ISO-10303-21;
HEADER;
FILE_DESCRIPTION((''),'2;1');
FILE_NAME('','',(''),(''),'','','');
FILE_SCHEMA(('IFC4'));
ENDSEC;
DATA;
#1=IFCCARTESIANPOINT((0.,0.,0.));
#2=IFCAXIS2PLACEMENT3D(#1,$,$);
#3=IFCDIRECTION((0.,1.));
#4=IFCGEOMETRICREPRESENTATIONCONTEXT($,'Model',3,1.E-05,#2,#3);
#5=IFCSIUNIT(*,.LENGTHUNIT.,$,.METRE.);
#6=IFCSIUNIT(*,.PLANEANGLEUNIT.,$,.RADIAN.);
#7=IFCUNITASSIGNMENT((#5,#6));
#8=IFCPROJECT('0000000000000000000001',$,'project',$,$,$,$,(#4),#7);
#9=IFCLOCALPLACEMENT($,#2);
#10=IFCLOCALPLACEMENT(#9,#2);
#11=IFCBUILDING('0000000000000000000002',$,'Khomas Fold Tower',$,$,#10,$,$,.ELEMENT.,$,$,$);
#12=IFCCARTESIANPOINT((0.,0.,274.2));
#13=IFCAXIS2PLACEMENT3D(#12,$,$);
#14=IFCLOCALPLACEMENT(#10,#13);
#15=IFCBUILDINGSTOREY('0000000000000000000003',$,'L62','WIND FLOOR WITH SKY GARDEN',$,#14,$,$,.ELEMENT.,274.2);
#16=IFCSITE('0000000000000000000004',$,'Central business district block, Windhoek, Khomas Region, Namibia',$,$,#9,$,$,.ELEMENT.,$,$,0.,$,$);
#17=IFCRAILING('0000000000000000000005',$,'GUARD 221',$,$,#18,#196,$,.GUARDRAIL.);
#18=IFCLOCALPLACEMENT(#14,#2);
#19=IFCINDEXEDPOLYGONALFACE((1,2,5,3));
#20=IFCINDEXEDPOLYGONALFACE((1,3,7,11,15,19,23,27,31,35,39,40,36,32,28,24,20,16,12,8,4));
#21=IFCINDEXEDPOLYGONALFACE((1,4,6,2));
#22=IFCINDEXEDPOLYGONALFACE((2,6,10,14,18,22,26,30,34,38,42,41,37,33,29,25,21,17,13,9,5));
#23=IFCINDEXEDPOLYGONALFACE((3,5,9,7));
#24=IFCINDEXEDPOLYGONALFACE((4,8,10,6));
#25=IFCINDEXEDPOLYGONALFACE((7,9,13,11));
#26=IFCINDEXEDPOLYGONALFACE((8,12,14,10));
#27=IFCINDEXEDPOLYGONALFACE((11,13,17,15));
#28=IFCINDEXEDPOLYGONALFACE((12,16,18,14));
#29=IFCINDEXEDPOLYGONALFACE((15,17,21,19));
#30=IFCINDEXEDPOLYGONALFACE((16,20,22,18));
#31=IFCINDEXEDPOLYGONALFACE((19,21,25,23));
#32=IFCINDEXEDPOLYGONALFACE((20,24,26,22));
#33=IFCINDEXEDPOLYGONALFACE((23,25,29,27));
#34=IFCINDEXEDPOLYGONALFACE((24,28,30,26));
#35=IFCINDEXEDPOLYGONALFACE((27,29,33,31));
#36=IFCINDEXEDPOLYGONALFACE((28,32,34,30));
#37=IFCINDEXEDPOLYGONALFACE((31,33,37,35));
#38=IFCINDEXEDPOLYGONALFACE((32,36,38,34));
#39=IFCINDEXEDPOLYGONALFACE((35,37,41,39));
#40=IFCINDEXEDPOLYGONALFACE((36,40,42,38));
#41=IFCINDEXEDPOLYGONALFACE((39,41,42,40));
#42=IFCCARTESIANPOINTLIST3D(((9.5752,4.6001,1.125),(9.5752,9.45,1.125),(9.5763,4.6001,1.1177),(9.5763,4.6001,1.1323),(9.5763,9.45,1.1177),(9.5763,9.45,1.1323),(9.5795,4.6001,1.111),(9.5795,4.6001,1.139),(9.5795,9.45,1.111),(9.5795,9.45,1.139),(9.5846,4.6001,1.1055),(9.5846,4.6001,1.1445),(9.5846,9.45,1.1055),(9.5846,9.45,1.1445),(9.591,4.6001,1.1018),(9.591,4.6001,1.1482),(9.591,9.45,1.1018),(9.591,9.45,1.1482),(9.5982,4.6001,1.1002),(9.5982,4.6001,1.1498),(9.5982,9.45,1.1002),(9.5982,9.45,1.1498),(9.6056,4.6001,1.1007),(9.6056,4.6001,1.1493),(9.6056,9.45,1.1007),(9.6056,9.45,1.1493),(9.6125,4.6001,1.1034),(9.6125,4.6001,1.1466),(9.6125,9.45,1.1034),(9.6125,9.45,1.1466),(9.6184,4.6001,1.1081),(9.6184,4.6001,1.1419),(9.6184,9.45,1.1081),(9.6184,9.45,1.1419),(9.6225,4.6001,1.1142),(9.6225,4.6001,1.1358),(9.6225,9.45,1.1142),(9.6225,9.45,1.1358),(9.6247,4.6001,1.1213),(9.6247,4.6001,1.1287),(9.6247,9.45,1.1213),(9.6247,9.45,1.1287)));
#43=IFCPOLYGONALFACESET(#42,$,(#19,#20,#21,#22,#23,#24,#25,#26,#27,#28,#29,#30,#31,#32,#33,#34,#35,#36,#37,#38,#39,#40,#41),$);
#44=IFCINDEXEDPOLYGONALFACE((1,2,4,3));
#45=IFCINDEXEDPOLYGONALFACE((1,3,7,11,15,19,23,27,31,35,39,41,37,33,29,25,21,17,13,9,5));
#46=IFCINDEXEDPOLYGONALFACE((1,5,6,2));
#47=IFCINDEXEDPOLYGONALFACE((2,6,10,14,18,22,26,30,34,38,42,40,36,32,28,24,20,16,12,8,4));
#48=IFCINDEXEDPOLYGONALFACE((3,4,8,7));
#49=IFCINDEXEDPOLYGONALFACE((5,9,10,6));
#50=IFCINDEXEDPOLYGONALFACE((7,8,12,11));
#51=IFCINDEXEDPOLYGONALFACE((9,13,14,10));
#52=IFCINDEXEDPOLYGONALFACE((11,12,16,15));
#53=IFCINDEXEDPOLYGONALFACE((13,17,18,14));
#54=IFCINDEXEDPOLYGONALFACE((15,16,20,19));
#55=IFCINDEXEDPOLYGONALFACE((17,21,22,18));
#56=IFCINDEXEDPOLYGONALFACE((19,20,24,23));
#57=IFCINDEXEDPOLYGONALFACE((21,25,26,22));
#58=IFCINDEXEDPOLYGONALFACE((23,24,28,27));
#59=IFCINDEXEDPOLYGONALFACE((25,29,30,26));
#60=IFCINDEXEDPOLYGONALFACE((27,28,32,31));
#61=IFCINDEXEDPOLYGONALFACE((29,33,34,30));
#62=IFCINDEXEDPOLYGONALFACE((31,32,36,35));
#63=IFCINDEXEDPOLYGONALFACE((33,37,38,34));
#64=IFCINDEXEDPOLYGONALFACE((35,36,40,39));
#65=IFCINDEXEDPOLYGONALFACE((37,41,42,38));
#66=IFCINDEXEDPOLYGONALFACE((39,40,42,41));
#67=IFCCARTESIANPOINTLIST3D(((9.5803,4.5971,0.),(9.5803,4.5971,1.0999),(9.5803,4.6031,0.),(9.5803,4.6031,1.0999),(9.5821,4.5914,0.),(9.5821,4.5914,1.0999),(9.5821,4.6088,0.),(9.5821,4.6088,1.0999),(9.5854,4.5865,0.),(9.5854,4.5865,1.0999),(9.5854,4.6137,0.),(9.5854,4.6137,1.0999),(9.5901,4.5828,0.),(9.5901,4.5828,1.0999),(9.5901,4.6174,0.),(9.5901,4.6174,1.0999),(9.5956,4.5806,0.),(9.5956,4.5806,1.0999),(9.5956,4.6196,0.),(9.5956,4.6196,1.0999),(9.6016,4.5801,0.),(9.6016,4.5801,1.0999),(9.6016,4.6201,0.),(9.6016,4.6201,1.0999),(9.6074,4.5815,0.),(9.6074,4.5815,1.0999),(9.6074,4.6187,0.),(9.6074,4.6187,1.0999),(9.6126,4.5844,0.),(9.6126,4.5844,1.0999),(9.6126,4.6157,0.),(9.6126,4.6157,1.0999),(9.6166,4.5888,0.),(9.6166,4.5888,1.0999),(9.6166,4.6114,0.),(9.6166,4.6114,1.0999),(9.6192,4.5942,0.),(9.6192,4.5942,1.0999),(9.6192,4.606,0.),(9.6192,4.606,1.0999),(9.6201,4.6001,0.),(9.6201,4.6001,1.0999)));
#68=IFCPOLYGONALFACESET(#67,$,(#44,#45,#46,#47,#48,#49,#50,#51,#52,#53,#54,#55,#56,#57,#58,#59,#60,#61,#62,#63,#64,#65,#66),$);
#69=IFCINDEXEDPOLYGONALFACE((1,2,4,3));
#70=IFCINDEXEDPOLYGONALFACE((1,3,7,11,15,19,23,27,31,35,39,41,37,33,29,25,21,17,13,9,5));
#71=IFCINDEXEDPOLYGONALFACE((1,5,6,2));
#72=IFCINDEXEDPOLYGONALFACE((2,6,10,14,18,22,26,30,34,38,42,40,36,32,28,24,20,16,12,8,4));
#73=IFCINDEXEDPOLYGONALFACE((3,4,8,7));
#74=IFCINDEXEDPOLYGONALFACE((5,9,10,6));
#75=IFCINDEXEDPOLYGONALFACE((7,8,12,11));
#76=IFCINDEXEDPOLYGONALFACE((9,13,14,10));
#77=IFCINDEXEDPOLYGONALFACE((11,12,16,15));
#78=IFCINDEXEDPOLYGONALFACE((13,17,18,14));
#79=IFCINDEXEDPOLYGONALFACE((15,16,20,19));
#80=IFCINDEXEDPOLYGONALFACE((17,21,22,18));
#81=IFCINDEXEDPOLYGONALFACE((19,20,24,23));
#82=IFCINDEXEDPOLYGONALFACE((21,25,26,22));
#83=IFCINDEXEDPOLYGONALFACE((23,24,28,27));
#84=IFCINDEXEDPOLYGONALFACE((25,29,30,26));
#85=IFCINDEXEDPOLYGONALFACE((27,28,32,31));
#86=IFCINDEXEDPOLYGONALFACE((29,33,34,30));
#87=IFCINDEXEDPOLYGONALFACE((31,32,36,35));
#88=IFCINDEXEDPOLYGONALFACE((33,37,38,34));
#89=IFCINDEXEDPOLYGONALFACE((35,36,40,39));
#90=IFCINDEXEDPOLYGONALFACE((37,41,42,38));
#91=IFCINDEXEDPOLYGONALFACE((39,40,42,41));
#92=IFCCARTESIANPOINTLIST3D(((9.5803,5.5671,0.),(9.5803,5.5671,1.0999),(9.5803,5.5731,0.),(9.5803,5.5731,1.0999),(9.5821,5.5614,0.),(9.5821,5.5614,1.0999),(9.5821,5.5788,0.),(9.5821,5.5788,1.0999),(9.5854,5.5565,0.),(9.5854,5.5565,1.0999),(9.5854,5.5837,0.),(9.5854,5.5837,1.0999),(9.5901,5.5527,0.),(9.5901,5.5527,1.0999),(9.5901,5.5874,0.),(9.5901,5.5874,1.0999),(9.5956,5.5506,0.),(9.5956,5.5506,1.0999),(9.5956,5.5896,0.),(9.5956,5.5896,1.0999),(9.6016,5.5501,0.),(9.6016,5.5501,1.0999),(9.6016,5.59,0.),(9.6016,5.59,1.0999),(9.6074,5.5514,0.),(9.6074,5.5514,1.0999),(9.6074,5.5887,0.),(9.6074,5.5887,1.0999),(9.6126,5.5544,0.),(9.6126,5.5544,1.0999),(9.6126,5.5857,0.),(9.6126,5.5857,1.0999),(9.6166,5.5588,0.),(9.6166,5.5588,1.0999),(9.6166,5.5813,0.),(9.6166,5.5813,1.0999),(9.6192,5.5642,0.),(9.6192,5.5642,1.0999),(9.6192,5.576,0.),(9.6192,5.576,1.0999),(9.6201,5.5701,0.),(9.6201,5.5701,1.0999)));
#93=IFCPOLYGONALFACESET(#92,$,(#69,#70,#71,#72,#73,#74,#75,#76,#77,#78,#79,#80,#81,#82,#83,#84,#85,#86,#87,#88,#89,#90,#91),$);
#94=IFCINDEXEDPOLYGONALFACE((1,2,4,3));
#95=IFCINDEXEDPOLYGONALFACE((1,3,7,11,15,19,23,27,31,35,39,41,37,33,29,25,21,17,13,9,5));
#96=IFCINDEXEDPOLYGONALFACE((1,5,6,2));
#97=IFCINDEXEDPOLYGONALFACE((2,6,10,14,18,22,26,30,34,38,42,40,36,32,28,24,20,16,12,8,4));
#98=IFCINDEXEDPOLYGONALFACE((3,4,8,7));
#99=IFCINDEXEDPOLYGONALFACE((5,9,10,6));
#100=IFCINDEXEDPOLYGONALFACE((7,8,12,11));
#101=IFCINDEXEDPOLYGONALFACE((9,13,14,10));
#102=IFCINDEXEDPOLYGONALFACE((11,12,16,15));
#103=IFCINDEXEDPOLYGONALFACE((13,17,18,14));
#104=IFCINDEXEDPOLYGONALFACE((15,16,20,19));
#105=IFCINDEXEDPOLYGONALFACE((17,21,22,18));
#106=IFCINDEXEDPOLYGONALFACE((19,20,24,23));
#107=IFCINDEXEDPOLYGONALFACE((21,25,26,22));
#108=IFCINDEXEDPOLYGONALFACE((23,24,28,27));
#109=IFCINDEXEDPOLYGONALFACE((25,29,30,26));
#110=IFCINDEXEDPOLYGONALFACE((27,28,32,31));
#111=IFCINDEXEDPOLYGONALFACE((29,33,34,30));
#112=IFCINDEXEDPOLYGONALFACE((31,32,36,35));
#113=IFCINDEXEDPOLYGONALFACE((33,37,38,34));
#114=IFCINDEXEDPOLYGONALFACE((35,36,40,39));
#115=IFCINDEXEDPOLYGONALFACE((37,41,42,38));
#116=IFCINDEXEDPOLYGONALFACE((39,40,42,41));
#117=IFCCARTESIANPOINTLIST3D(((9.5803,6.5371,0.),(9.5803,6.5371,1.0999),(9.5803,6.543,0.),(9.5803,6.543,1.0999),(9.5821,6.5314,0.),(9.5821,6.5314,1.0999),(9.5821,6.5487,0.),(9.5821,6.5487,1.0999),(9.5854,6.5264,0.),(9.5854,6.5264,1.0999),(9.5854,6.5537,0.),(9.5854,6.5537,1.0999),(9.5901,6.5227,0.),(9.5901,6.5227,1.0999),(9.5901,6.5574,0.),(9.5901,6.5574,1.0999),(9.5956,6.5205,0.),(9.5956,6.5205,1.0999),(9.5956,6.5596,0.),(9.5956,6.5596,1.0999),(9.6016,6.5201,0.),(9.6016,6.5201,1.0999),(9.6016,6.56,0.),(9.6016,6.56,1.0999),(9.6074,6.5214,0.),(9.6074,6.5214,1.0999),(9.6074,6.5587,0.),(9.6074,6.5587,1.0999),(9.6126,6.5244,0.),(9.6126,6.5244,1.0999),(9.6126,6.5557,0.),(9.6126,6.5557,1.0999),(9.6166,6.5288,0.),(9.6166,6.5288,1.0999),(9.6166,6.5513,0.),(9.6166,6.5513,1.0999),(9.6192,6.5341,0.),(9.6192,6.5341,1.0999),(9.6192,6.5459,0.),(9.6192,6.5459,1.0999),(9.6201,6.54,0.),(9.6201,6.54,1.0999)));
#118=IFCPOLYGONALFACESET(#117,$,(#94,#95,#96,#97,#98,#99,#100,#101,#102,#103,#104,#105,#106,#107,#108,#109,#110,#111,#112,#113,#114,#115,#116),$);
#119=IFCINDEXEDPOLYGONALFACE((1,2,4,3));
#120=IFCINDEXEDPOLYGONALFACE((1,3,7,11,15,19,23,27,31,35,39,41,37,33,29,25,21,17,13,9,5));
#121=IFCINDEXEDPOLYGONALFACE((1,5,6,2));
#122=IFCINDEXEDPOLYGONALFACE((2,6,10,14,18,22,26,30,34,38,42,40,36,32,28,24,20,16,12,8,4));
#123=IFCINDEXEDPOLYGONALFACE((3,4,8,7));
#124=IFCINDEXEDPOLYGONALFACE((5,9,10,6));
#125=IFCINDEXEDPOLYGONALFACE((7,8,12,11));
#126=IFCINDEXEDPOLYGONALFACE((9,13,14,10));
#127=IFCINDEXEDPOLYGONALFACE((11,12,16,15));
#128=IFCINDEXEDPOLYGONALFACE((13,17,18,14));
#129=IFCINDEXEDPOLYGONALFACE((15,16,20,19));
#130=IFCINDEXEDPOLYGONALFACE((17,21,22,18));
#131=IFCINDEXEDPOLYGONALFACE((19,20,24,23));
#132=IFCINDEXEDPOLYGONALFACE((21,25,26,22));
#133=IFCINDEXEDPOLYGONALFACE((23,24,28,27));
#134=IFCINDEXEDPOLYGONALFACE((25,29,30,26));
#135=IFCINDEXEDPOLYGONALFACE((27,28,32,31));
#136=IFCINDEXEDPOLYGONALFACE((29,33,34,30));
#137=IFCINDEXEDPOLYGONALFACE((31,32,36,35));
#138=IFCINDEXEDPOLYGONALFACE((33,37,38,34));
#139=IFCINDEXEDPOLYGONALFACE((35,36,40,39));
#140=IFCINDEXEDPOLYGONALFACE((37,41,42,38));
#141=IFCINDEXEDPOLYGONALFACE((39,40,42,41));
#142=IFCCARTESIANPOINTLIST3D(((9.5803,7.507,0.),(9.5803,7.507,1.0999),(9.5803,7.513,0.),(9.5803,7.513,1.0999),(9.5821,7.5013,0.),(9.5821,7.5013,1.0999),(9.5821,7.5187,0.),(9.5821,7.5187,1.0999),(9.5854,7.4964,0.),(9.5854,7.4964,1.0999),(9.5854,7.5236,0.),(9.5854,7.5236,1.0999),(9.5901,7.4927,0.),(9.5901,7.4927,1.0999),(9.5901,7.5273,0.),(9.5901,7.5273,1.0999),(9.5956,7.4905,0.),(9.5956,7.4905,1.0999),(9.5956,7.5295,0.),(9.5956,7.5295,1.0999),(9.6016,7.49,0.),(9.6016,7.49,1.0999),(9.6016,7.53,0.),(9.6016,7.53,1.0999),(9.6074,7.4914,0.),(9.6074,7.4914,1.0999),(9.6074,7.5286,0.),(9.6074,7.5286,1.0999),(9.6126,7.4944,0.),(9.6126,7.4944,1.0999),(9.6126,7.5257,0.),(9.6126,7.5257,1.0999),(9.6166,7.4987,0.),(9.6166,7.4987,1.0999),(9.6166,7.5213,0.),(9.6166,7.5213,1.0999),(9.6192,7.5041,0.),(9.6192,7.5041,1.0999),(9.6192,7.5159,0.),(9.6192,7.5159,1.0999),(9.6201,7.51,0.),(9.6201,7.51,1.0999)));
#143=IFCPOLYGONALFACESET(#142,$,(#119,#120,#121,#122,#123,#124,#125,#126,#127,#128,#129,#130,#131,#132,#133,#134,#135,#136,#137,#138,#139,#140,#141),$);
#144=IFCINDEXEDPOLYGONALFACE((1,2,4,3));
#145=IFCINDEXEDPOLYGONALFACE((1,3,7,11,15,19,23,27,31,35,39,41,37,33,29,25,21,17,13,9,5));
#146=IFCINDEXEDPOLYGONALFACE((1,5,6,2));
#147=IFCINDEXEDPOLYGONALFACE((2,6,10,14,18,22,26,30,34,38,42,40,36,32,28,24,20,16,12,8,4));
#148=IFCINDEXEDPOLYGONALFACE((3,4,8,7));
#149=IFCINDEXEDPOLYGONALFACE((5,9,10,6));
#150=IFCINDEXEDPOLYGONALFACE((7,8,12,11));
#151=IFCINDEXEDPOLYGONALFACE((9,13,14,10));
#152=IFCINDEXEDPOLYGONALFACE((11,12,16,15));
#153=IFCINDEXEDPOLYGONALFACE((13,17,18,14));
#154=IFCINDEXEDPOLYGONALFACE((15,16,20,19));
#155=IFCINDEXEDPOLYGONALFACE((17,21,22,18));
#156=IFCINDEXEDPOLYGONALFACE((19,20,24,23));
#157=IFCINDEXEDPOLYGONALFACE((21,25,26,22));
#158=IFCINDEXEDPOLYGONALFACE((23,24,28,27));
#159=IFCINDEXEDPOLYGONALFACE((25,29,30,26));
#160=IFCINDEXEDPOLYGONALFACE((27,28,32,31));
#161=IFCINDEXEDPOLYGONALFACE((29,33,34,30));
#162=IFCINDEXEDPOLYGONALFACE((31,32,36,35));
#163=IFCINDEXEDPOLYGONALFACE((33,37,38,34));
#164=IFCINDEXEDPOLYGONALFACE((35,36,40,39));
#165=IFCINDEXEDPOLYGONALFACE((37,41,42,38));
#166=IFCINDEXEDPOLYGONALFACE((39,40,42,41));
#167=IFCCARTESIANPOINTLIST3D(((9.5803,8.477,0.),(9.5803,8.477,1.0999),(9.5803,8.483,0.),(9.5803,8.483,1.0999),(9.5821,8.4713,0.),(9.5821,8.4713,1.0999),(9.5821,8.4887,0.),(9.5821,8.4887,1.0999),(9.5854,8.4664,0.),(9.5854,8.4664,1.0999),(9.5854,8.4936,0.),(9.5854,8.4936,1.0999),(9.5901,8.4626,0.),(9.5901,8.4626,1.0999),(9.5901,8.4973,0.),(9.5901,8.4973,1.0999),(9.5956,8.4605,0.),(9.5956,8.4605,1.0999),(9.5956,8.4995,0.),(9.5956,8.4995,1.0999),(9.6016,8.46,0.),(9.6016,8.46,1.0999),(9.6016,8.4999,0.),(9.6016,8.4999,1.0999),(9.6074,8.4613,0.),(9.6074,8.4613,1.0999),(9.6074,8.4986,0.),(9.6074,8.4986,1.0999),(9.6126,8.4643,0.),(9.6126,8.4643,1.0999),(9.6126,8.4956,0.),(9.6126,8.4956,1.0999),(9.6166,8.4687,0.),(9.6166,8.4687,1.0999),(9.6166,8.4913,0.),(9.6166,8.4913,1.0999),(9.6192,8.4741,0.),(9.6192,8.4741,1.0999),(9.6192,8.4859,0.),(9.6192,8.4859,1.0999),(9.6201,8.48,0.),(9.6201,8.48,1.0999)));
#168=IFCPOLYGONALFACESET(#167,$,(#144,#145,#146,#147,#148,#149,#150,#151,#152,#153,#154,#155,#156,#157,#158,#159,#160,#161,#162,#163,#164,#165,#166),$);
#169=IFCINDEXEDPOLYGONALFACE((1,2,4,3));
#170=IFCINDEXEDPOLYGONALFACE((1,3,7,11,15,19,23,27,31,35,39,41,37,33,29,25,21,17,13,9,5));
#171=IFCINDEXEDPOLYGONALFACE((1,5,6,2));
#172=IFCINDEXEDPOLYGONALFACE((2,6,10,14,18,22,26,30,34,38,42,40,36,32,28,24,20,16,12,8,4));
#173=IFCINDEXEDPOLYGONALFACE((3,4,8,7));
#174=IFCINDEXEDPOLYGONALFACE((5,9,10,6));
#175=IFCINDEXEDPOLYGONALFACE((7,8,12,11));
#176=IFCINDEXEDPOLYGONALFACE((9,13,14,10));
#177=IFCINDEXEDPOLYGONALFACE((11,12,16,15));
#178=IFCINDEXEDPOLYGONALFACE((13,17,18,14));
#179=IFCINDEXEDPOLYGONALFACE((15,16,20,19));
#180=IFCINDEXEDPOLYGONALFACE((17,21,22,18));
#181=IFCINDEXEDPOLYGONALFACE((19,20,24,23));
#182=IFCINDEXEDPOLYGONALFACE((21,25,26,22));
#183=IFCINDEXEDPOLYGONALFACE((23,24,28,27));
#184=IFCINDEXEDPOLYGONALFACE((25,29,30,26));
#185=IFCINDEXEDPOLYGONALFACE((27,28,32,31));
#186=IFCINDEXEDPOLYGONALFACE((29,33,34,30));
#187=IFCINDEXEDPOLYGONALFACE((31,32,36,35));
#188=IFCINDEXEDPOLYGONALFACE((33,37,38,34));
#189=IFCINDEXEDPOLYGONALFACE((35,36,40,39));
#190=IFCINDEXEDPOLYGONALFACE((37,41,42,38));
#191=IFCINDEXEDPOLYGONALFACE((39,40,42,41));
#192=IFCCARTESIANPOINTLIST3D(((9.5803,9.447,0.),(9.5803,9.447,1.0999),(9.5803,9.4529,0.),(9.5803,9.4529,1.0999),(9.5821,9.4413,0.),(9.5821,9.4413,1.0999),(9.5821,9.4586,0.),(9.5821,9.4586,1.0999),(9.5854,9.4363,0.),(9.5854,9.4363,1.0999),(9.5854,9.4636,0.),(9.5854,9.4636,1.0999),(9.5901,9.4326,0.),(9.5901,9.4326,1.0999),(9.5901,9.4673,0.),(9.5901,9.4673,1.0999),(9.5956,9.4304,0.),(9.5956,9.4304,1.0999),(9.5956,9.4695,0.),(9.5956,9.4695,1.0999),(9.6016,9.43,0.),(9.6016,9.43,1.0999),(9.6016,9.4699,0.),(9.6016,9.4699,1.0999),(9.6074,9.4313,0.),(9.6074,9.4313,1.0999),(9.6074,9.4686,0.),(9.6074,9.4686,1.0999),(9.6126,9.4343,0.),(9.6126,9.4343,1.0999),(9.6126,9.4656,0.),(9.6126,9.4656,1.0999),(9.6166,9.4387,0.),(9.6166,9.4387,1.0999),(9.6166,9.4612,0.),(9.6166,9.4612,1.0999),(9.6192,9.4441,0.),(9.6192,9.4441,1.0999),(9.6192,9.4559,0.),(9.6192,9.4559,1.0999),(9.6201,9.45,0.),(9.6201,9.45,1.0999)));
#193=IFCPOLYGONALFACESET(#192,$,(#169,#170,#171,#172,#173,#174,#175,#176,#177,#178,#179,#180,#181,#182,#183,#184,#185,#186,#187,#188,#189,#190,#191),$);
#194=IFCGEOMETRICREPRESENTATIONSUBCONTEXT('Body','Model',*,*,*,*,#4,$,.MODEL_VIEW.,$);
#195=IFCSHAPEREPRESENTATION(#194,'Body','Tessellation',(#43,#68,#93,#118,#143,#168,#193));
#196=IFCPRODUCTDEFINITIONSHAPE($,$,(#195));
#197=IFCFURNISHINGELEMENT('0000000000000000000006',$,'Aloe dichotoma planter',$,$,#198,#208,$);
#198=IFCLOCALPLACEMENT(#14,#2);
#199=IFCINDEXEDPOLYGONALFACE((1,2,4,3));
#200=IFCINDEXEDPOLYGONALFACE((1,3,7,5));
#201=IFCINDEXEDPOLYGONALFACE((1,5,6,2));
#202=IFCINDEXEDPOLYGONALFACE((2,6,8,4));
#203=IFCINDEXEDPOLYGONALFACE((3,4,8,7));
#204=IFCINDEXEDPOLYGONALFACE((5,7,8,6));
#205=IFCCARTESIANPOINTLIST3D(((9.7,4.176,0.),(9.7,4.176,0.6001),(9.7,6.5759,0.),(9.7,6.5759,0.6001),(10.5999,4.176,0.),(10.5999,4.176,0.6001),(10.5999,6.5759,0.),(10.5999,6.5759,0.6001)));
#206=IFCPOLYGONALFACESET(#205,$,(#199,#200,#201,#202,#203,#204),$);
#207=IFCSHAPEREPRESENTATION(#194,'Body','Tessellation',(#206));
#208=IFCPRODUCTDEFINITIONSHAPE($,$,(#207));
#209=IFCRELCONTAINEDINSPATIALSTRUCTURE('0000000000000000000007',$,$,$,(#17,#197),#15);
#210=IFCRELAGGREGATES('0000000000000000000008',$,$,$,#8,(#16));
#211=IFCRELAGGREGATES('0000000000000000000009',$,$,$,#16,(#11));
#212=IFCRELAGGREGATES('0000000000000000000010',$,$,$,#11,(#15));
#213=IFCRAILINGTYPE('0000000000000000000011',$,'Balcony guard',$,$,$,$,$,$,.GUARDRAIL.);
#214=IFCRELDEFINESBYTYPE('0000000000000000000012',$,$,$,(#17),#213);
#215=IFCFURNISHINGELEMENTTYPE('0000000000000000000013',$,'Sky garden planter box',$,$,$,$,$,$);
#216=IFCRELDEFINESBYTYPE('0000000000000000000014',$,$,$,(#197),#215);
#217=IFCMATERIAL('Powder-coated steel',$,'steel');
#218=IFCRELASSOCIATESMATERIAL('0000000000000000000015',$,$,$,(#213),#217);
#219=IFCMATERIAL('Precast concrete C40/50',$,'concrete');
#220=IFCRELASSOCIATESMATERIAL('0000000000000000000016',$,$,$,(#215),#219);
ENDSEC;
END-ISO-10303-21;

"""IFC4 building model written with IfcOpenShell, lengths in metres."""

from ifc_helpers import new_model, si_unit, direction, frame, origin, origin_2d, place, context, subcontext, project, spatial, rectangle, circle, extrude, source, transform, mapped, material, type_object, element, save


model = new_model("IFC4")

# Units and contexts
model_context = context("Model", 3, precision=1e-05, world=origin(), true_north=direction((0.0, 1.0)))
body_context = subcontext(model_context, "Body", "Model", "MODEL_VIEW")
ifc_project = project(units=[si_unit("LENGTHUNIT", "METRE"), si_unit("PLANEANGLEUNIT", "RADIAN")], contexts=[model_context])

# Site, building, storey
site_placement = place(None, origin())
site = spatial("IfcSite", under=ifc_project, at=site_placement, Name="Central business district block, Windhoek, Khomas Region, Namibia", CompositionType="ELEMENT", RefElevation=0.0)
building_placement = place(site_placement, origin())
building = spatial("IfcBuilding", under=site, at=building_placement, Name="Khomas Fold Tower", CompositionType="ELEMENT")
storey_placement = place(building_placement, frame((0.0, 0.0, 274.2)))
storey = spatial("IfcBuildingStorey", under=building, at=storey_placement, Name="L62", Description="WIND FLOOR WITH SKY GARDEN", CompositionType="ELEMENT", Elevation=274.2)

# Railing
ifc_material_1 = material(Name="Powder-coated steel", Category="steel")
railing_type = type_object("IfcRailingType", Name="Balcony guard", PredefinedType="GUARDRAIL", material=ifc_material_1)
shared_shape_1 = source(origin(), body_context, "Body", "SweptSolid", [
    extrude(circle(Radius=0.0249, at=origin_2d()), frame((0.0, 0.0, 1.125), z_axis=(0.0, 1.0, 0.0), x_axis=(-1.0, 0.0, 0.0)), (0.0, 0.0, 1.0), 4.8499),
    extrude(circle(Radius=0.02, at=origin_2d()), origin(), (0.0, 0.0, 1.0), 1.0999),
    extrude(circle(Radius=0.02, at=origin_2d()), frame((0.0, 0.97, 0.0)), (0.0, 0.0, 1.0), 1.0999),
    extrude(circle(Radius=0.02, at=origin_2d()), frame((0.0, 1.9399, 0.0)), (0.0, 0.0, 1.0), 1.0999),
    extrude(circle(Radius=0.02, at=origin_2d()), frame((0.0, 2.9099, 0.0)), (0.0, 0.0, 1.0), 1.0999),
    extrude(circle(Radius=0.02, at=origin_2d()), frame((0.0, 3.8799, 0.0)), (0.0, 0.0, 1.0), 1.0999),
    extrude(circle(Radius=0.02, at=origin_2d()), frame((0.0, 4.8499, 0.0)), (0.0, 0.0, 1.0), 1.0999),
])
railing_1_placement = place(storey_placement, frame((9.6001, 4.6001, 0.0)))
element("IfcRailing", 1, at=railing_1_placement, inside=storey, type_object=railing_type, Name="GUARD 221", PredefinedType="GUARDRAIL", context=body_context, shape_type="MappedRepresentation", body=[
    mapped(shared_shape_1, transform((0.0, 0.0, 0.0))),
])

# Furnishing element
ifc_material_2 = material(Name="Precast concrete C40/50", Category="concrete")
furnishing_element_type_1 = type_object("IfcFurnishingElementType", Name="Sky garden planter box", material=ifc_material_2)
shared_shape_2 = source(origin(), body_context, "Body", "SweptSolid", [
    extrude(rectangle(XDim=2.3999, YDim=0.8999, at=origin_2d()), origin(), (0.0, 0.0, 1.0), 0.6001),
])
furnishing_1_placement = place(storey_placement, frame((10.1499, 5.376, 0.0), z_axis=(0.0, 0.0, 1.0), x_axis=(0.0, 1.0, 0.0)))
element("IfcFurnishingElement", 2, at=furnishing_1_placement, inside=storey, type_object=furnishing_element_type_1, Name="Aloe dichotoma planter", context=body_context, shape_type="MappedRepresentation", body=[
    mapped(shared_shape_2, transform((0.0, 0.0, 0.0))),
])

save(model, "model.ifc")
